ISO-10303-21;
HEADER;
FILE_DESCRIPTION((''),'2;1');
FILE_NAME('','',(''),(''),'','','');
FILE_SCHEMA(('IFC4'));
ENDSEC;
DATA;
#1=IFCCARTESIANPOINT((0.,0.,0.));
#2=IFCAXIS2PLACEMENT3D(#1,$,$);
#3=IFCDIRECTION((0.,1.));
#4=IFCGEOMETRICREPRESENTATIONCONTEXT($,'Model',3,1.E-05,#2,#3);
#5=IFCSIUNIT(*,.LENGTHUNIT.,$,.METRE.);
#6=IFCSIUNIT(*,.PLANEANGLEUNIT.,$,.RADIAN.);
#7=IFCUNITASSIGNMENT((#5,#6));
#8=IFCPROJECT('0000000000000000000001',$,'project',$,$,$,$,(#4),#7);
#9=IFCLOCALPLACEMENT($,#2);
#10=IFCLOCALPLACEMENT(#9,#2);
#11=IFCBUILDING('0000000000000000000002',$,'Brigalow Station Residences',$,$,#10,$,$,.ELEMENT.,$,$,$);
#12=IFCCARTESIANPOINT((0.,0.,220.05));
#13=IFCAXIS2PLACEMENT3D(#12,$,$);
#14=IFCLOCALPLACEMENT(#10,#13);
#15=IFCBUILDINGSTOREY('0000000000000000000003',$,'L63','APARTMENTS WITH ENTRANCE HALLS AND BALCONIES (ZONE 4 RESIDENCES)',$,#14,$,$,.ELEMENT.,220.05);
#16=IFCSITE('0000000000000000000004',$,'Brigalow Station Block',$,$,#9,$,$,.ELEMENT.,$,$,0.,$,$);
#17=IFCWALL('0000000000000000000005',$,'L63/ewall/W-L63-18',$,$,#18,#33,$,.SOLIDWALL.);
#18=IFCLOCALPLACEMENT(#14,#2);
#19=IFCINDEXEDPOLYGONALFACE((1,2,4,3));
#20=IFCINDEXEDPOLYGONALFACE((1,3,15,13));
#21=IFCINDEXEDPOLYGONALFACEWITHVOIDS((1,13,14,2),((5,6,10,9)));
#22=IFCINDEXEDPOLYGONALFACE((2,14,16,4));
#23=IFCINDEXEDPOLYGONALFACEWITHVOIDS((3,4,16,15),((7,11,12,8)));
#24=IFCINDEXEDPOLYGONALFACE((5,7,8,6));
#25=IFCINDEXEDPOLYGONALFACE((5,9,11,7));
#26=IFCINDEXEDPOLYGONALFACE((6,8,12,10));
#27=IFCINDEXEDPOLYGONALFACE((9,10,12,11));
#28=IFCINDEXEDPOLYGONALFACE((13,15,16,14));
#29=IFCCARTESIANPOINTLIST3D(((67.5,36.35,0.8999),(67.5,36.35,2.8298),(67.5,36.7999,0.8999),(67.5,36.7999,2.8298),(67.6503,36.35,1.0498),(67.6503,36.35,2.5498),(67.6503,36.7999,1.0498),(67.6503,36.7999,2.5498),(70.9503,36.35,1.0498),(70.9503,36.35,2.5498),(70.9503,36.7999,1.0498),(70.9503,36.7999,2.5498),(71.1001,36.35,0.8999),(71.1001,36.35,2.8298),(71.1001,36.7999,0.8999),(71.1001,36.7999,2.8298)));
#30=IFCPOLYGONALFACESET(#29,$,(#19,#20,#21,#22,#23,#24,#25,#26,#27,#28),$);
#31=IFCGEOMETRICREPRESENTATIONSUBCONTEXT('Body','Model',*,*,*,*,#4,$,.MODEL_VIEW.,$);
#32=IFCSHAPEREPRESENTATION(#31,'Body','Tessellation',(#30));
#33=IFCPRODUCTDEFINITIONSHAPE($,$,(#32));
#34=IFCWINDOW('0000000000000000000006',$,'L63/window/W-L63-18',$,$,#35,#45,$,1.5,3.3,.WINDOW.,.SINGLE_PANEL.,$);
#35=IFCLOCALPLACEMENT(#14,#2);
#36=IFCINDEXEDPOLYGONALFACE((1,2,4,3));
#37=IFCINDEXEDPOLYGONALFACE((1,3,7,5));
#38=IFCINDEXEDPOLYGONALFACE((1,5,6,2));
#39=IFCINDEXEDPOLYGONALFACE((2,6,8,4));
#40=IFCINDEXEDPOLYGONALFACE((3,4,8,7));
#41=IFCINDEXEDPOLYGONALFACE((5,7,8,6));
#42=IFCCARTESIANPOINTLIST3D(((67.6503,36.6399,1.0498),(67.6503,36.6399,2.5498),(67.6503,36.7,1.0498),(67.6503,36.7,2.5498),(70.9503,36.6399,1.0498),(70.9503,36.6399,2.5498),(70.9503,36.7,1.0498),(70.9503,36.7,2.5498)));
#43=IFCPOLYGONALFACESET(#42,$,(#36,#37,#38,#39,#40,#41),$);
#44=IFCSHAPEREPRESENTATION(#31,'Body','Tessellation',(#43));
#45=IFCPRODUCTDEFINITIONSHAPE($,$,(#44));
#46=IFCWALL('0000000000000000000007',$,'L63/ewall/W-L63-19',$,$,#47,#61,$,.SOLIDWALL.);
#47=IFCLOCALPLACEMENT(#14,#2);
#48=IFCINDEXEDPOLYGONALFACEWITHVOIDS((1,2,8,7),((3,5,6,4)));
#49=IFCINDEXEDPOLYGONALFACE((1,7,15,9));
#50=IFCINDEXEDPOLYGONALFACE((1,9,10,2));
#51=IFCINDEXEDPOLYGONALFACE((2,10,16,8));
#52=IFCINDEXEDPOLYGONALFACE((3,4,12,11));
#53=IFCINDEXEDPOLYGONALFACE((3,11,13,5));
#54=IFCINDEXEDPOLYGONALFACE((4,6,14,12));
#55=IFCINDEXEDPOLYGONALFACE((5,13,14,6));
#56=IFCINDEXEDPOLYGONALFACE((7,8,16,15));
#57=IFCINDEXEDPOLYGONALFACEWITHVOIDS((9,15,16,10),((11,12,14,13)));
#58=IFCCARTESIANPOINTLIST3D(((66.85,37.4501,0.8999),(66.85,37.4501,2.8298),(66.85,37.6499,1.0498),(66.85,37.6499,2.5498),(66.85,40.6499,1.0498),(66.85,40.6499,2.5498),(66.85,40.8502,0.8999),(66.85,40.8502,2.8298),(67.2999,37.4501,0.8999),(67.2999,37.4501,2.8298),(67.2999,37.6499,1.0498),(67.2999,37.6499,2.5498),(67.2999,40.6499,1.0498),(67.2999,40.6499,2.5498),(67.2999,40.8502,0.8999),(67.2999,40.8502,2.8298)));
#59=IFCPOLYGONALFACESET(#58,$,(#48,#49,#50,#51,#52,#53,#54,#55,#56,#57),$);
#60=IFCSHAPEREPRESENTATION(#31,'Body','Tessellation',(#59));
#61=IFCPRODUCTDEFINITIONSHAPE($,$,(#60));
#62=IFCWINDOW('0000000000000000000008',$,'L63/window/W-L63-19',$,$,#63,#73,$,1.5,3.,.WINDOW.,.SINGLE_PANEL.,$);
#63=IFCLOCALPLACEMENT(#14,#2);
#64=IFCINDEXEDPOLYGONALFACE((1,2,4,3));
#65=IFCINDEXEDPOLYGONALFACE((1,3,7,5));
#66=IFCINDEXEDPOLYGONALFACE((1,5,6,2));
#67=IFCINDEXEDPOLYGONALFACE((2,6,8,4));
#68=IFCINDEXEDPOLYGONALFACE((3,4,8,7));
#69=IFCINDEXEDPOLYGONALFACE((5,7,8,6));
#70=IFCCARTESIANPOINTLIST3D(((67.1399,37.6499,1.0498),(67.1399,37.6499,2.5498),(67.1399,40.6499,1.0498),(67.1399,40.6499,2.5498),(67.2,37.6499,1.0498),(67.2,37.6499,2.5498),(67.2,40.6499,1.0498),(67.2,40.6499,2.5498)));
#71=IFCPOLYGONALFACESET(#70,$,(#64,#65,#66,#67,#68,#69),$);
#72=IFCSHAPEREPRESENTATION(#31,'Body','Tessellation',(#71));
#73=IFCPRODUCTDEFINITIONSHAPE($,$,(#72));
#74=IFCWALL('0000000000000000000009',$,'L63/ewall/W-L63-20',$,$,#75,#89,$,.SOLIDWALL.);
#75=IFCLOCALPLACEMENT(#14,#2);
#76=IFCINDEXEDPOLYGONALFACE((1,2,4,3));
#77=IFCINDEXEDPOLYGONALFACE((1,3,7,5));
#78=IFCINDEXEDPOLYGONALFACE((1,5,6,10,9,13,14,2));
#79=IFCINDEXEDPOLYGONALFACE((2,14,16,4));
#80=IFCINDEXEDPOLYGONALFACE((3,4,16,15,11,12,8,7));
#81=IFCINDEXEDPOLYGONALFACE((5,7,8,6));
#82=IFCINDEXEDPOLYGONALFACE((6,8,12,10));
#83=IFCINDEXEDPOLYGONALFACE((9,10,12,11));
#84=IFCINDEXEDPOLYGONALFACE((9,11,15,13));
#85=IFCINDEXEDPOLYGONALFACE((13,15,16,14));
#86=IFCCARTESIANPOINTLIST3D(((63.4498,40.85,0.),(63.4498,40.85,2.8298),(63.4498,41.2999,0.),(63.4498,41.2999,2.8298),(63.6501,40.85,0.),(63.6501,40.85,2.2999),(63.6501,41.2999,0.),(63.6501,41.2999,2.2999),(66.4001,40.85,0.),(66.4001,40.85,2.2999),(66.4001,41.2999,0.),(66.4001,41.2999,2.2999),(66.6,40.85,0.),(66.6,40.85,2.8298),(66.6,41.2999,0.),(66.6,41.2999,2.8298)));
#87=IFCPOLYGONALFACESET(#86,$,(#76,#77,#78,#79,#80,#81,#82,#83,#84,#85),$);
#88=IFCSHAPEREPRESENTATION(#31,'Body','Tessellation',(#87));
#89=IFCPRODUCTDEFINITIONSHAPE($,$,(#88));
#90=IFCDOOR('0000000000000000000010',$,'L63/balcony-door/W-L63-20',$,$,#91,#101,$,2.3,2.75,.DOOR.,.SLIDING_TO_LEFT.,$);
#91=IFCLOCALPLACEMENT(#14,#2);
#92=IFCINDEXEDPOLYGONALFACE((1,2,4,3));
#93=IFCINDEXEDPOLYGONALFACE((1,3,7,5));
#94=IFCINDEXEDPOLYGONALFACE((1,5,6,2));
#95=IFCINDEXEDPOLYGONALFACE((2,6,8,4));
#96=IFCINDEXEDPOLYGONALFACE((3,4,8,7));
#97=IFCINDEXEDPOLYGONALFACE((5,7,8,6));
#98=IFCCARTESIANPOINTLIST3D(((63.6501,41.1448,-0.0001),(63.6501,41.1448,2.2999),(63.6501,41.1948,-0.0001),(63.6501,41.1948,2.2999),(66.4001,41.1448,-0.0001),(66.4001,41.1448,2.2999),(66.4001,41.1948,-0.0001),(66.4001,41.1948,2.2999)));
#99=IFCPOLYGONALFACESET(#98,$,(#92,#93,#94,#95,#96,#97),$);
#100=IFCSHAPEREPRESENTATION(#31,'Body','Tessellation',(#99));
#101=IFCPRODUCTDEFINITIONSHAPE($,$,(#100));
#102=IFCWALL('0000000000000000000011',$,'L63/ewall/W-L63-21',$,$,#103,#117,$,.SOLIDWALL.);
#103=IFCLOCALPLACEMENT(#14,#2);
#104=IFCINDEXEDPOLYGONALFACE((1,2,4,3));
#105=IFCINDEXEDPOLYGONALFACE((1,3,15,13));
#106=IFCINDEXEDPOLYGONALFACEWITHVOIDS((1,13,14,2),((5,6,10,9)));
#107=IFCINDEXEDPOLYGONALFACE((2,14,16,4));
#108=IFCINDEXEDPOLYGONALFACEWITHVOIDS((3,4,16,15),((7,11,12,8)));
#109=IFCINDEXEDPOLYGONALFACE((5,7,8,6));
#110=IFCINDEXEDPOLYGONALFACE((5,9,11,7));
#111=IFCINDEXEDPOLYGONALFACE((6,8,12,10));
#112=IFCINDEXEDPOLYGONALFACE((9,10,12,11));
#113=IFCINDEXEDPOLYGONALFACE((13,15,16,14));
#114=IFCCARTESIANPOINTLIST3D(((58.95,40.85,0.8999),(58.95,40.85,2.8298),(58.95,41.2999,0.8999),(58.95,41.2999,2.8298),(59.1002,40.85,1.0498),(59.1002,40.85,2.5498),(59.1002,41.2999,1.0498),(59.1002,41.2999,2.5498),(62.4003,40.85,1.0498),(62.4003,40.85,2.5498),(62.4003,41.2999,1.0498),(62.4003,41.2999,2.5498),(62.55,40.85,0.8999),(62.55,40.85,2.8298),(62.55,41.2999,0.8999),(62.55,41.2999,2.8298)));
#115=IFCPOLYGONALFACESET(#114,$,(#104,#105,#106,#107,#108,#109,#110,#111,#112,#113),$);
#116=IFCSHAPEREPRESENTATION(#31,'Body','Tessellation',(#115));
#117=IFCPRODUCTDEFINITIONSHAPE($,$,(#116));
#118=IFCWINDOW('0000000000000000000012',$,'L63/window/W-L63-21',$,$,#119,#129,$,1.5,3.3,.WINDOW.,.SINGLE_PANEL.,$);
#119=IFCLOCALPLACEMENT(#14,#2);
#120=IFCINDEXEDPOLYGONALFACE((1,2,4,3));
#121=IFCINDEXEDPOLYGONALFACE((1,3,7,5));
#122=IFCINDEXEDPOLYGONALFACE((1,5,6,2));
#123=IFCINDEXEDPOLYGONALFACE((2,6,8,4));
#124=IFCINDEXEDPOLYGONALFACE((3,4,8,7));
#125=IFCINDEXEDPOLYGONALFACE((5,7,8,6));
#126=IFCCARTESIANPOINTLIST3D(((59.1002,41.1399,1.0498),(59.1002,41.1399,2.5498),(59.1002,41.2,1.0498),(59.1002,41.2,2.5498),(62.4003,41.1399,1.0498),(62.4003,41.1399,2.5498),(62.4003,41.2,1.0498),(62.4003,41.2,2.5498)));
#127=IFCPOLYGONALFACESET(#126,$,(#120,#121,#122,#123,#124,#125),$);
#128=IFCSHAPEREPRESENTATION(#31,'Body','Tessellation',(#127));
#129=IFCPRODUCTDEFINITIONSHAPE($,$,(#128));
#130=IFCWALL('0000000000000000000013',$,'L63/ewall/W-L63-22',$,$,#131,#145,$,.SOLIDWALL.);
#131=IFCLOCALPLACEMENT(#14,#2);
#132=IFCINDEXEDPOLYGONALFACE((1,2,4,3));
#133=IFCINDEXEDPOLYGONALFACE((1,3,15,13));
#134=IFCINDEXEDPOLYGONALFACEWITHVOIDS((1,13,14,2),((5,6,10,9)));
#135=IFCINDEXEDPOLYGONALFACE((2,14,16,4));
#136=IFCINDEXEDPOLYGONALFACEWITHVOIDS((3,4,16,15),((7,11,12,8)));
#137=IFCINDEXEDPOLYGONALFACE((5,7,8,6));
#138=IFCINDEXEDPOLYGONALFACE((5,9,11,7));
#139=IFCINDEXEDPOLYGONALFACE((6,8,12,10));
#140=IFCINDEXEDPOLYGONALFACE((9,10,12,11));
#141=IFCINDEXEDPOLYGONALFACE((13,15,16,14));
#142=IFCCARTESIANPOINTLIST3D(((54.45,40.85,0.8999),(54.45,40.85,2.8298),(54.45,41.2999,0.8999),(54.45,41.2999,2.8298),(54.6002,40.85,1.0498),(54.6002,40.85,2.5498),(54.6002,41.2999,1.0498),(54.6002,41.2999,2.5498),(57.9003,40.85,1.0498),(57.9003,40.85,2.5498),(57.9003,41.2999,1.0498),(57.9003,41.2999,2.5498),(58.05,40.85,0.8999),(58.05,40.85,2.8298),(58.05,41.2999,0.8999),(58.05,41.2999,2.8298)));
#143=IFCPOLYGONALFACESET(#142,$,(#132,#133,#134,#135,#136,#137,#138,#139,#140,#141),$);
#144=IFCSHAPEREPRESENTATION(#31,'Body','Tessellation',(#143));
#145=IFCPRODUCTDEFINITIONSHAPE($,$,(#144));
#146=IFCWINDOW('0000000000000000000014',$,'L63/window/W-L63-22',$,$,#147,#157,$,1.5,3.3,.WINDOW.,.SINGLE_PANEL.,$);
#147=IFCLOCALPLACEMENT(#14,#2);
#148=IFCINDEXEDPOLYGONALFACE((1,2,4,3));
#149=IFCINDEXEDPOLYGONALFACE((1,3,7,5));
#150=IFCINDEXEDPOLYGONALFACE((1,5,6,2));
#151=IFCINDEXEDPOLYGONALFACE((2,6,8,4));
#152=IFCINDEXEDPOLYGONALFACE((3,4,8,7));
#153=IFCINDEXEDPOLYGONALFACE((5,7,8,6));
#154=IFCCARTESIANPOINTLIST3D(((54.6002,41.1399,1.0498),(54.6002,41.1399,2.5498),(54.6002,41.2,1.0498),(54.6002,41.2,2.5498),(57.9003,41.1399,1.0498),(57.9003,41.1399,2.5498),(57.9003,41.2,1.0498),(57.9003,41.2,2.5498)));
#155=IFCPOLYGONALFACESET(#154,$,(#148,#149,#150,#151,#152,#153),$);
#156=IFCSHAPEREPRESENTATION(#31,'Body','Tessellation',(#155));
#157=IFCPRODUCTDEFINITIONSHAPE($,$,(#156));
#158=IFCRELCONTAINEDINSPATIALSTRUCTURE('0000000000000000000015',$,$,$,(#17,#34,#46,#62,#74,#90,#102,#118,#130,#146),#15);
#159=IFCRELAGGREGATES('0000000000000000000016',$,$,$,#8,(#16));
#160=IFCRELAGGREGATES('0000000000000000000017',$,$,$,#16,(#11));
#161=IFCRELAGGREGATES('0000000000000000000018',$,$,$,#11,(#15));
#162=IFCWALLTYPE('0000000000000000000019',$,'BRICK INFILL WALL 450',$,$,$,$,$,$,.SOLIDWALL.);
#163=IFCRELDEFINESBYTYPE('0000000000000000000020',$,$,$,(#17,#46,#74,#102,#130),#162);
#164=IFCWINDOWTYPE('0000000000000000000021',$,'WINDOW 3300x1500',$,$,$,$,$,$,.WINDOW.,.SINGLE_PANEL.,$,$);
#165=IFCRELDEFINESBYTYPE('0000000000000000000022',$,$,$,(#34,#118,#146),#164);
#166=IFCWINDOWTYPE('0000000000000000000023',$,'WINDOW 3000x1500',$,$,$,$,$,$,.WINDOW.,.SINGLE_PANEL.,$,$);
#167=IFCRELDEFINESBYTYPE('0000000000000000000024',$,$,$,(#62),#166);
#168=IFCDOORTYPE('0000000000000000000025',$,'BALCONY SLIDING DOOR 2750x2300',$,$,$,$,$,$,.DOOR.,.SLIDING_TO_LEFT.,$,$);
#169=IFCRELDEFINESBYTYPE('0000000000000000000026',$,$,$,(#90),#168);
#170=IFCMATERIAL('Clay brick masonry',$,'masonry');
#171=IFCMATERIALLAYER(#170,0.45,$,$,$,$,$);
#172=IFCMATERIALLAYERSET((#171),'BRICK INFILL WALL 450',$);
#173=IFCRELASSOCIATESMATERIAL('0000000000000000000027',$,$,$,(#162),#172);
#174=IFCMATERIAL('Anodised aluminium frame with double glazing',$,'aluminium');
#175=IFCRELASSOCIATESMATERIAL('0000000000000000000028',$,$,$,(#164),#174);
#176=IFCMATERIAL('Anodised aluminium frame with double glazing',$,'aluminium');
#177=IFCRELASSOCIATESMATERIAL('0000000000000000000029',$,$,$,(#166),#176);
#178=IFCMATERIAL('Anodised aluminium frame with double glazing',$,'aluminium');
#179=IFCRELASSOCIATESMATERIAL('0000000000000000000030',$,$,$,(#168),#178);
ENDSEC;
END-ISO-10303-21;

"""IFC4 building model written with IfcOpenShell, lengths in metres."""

from ifc_helpers import new_model, si_unit, direction, frame, frame_2d, origin, place, context, subcontext, project, spatial, rectangle, extrude, material, layer, layer_set, type_object, element, fill, save


model = new_model("IFC4")

# Units and contexts
model_context = context("Model", 3, precision=1e-05, world=origin(), true_north=direction((0.0, 1.0)))
body_context = subcontext(model_context, "Body", "Model", "MODEL_VIEW")
ifc_project = project(units=[si_unit("LENGTHUNIT", "METRE"), si_unit("PLANEANGLEUNIT", "RADIAN")], contexts=[model_context])

# Site, building, storey
site_placement = place(None, origin())
site = spatial("IfcSite", under=ifc_project, at=site_placement, Name="Brigalow Station Block", CompositionType="ELEMENT", RefElevation=0.0)
building_placement = place(site_placement, origin())
building = spatial("IfcBuilding", under=site, at=building_placement, Name="Brigalow Station Residences", CompositionType="ELEMENT")
storey_placement = place(building_placement, frame((0.0, 0.0, 220.05)))
storey = spatial("IfcBuildingStorey", under=building, at=storey_placement, Name="L63", Description="APARTMENTS WITH ENTRANCE HALLS AND BALCONIES (ZONE 4 RESIDENCES)", CompositionType="ELEMENT", Elevation=220.05)

# Walls, openings, windows
ifc_material_1 = material(Name="Clay brick masonry", Category="masonry")
ifc_layer_1 = layer(ifc_material_1, 0.45)
ifc_layer_set_1 = layer_set([ifc_layer_1], Name="BRICK INFILL WALL 450")
wall_type_1 = type_object("IfcWallType", Name="BRICK INFILL WALL 450", PredefinedType="SOLIDWALL", material=ifc_layer_set_1)
wall_1_placement = place(storey_placement, frame((71.1001, 36.575, 0.8999), z_axis=(0.0, 0.0, 1.0), x_axis=(-1.0, 0.0, 0.0)))
wall_1 = element("IfcWall", 1, at=wall_1_placement, inside=storey, type_object=wall_type_1, Name="L63/ewall/W-L63-18", PredefinedType="SOLIDWALL", context=body_context, shape_type="SweptSolid", body=[
    extrude(rectangle(XDim=3.6001, YDim=0.45, at=frame_2d((1.8, 0.0))), origin(), (0.0, 0.0, 1.0), 1.9299),
])
opening_1_placement = place(wall_1_placement, frame((0.1499, 0.0, 0.1499)))
opening_1 = element("IfcOpeningElement", 2, at=opening_1_placement, cuts=wall_1, PredefinedType="OPENING", context=body_context, shape_type="SweptSolid", body=[
    extrude(rectangle(XDim=3.3, YDim=1.5, at=frame_2d((1.6499, 0.75))), frame((0.0, 0.2349, 0.0), z_axis=(0.0, -1.0, 0.0), x_axis=(1.0, 0.0, 0.0)), (0.0, 0.0, 1.0), 0.47),
])
ifc_material_2 = material(Name="Anodised aluminium frame with double glazing", Category="aluminium")
window_type_1 = type_object("IfcWindowType", Name="WINDOW 3300x1500", PartitioningType="SINGLE_PANEL", PredefinedType="WINDOW", material=ifc_material_2)
window_1_placement = place(opening_1_placement, origin())
window_1 = element("IfcWindow", 3, at=window_1_placement, inside=storey, type_object=window_type_1, Name="L63/window/W-L63-18", OverallHeight=1.5, OverallWidth=3.3, PartitioningType="SINGLE_PANEL", PredefinedType="WINDOW", context=body_context, shape_type="SweptSolid", body=[
    extrude(rectangle(XDim=3.3, YDim=1.5, at=frame_2d((1.6499, 0.75))), frame((0.0, -0.0649, 0.0), z_axis=(0.0, -1.0, 0.0), x_axis=(1.0, 0.0, 0.0)), (0.0, 0.0, 1.0), 0.0601),
])
fill(opening_1, window_1)
wall_2_placement = place(storey_placement, frame((67.075, 37.45, 0.8999), z_axis=(0.0, 0.0, 1.0), x_axis=(0.0, 1.0, 0.0)))
wall_2 = element("IfcWall", 4, at=wall_2_placement, inside=storey, type_object=wall_type_1, Name="L63/ewall/W-L63-19", PredefinedType="SOLIDWALL", context=body_context, shape_type="SweptSolid", body=[
    extrude(rectangle(XDim=3.4001, YDim=0.45, at=frame_2d((1.7002, 0.0))), origin(), (0.0, 0.0, 1.0), 1.9299),
])
opening_2_placement = place(wall_2_placement, frame((0.2, 0.0, 0.1499)))
opening_2 = element("IfcOpeningElement", 5, at=opening_2_placement, cuts=wall_2, PredefinedType="OPENING", context=body_context, shape_type="SweptSolid", body=[
    extrude(rectangle(XDim=3.0, YDim=1.5, at=frame_2d((1.5, 0.75))), frame((0.0, 0.2349, 0.0), z_axis=(0.0, -1.0, 0.0), x_axis=(1.0, 0.0, 0.0)), (0.0, 0.0, 1.0), 0.47),
])
ifc_material_3 = material(Name="Anodised aluminium frame with double glazing", Category="aluminium")
window_type_2 = type_object("IfcWindowType", Name="WINDOW 3000x1500", PartitioningType="SINGLE_PANEL", PredefinedType="WINDOW", material=ifc_material_3)
window_2_placement = place(opening_2_placement, origin())
window_2 = element("IfcWindow", 6, at=window_2_placement, inside=storey, type_object=window_type_2, Name="L63/window/W-L63-19", OverallHeight=1.5, OverallWidth=3.0, PartitioningType="SINGLE_PANEL", PredefinedType="WINDOW", context=body_context, shape_type="SweptSolid", body=[
    extrude(rectangle(XDim=3.0, YDim=1.5, at=frame_2d((1.5, 0.75))), frame((0.0, -0.0649, 0.0), z_axis=(0.0, -1.0, 0.0), x_axis=(1.0, 0.0, 0.0)), (0.0, 0.0, 1.0), 0.0601),
])
fill(opening_2, window_2)

# Wall, opening, door
wall_3_placement = place(storey_placement, frame((66.6001, 41.075, 0.0), z_axis=(0.0, 0.0, 1.0), x_axis=(-1.0, 0.0, 0.0)))
wall_3 = element("IfcWall", 7, at=wall_3_placement, inside=storey, type_object=wall_type_1, Name="L63/ewall/W-L63-20", PredefinedType="SOLIDWALL", context=body_context, shape_type="SweptSolid", body=[
    extrude(rectangle(XDim=3.1501, YDim=0.45, at=frame_2d((1.5752, 0.0))), origin(), (0.0, 0.0, 1.0), 2.8298),
])
opening_3_placement = place(wall_3_placement, frame((0.2, 0.0, 0.0)))
opening_3 = element("IfcOpeningElement", 8, at=opening_3_placement, cuts=wall_3, PredefinedType="OPENING", context=body_context, shape_type="SweptSolid", body=[
    extrude(rectangle(XDim=2.75, YDim=2.3, at=frame_2d((1.375, 1.1499))), frame((0.0, 0.2349, 0.0), z_axis=(0.0, -1.0, 0.0), x_axis=(1.0, 0.0, 0.0)), (0.0, 0.0, 1.0), 0.47),
])
ifc_material_4 = material(Name="Anodised aluminium frame with double glazing", Category="aluminium")
door_type_1 = type_object("IfcDoorType", Name="BALCONY SLIDING DOOR 2750x2300", OperationType="SLIDING_TO_LEFT", PredefinedType="DOOR", material=ifc_material_4)
door_1_placement = place(opening_3_placement, origin())
door_1 = element("IfcDoor", 9, at=door_1_placement, inside=storey, type_object=door_type_1, Name="L63/balcony-door/W-L63-20", OperationType="SLIDING_TO_LEFT", OverallHeight=2.3, OverallWidth=2.75, PredefinedType="DOOR", context=body_context, shape_type="SweptSolid", body=[
    extrude(rectangle(XDim=2.75, YDim=2.3, at=frame_2d((1.375, 1.1499))), frame((0.0, -0.0698, 0.0), z_axis=(0.0, -1.0, 0.0), x_axis=(1.0, 0.0, 0.0)), (0.0, 0.0, 1.0), 0.05),
])
fill(opening_3, door_1)

# Walls, openings, windows
wall_4_placement = place(storey_placement, frame((62.55, 41.075, 0.8999), z_axis=(0.0, 0.0, 1.0), x_axis=(-1.0, 0.0, 0.0)))
wall_4 = element("IfcWall", 10, at=wall_4_placement, inside=storey, type_object=wall_type_1, Name="L63/ewall/W-L63-21", PredefinedType="SOLIDWALL", context=body_context, shape_type="SweptSolid", body=[
    extrude(rectangle(XDim=3.6001, YDim=0.45, at=frame_2d((1.8, 0.0))), origin(), (0.0, 0.0, 1.0), 1.9299),
])
opening_4_placement = place(wall_4_placement, frame((0.1499, 0.0, 0.1499)))
opening_4 = element("IfcOpeningElement", 11, at=opening_4_placement, cuts=wall_4, PredefinedType="OPENING", context=body_context, shape_type="SweptSolid", body=[
    extrude(rectangle(XDim=3.3, YDim=1.5, at=frame_2d((1.6499, 0.75))), frame((0.0, 0.2349, 0.0), z_axis=(0.0, -1.0, 0.0), x_axis=(1.0, 0.0, 0.0)), (0.0, 0.0, 1.0), 0.47),
])
window_3_placement = place(opening_4_placement, origin())
window_3 = element("IfcWindow", 12, at=window_3_placement, inside=storey, type_object=window_type_1, Name="L63/window/W-L63-21", OverallHeight=1.5, OverallWidth=3.3, PartitioningType="SINGLE_PANEL", PredefinedType="WINDOW", context=body_context, shape_type="SweptSolid", body=[
    extrude(rectangle(XDim=3.3, YDim=1.5, at=frame_2d((1.6499, 0.75))), frame((0.0, -0.0649, 0.0), z_axis=(0.0, -1.0, 0.0), x_axis=(1.0, 0.0, 0.0)), (0.0, 0.0, 1.0), 0.0601),
])
fill(opening_4, window_3)
wall_5_placement = place(storey_placement, frame((58.05, 41.075, 0.8999), z_axis=(0.0, 0.0, 1.0), x_axis=(-1.0, 0.0, 0.0)))
wall_5 = element("IfcWall", 13, at=wall_5_placement, inside=storey, type_object=wall_type_1, Name="L63/ewall/W-L63-22", PredefinedType="SOLIDWALL", context=body_context, shape_type="SweptSolid", body=[
    extrude(rectangle(XDim=3.6001, YDim=0.45, at=frame_2d((1.8, 0.0))), origin(), (0.0, 0.0, 1.0), 1.9299),
])
opening_5_placement = place(wall_5_placement, frame((0.1499, 0.0, 0.1499)))
opening_5 = element("IfcOpeningElement", 14, at=opening_5_placement, cuts=wall_5, PredefinedType="OPENING", context=body_context, shape_type="SweptSolid", body=[
    extrude(rectangle(XDim=3.3, YDim=1.5, at=frame_2d((1.6499, 0.75))), frame((0.0, 0.2349, 0.0), z_axis=(0.0, -1.0, 0.0), x_axis=(1.0, 0.0, 0.0)), (0.0, 0.0, 1.0), 0.47),
])
window_4_placement = place(opening_5_placement, origin())
window_4 = element("IfcWindow", 15, at=window_4_placement, inside=storey, type_object=window_type_1, Name="L63/window/W-L63-22", OverallHeight=1.5, OverallWidth=3.3, PartitioningType="SINGLE_PANEL", PredefinedType="WINDOW", context=body_context, shape_type="SweptSolid", body=[
    extrude(rectangle(XDim=3.3, YDim=1.5, at=frame_2d((1.6499, 0.75))), frame((0.0, -0.0649, 0.0), z_axis=(0.0, -1.0, 0.0), x_axis=(1.0, 0.0, 0.0)), (0.0, 0.0, 1.0), 0.0601),
])
fill(opening_5, window_4)

save(model, "model.ifc")
